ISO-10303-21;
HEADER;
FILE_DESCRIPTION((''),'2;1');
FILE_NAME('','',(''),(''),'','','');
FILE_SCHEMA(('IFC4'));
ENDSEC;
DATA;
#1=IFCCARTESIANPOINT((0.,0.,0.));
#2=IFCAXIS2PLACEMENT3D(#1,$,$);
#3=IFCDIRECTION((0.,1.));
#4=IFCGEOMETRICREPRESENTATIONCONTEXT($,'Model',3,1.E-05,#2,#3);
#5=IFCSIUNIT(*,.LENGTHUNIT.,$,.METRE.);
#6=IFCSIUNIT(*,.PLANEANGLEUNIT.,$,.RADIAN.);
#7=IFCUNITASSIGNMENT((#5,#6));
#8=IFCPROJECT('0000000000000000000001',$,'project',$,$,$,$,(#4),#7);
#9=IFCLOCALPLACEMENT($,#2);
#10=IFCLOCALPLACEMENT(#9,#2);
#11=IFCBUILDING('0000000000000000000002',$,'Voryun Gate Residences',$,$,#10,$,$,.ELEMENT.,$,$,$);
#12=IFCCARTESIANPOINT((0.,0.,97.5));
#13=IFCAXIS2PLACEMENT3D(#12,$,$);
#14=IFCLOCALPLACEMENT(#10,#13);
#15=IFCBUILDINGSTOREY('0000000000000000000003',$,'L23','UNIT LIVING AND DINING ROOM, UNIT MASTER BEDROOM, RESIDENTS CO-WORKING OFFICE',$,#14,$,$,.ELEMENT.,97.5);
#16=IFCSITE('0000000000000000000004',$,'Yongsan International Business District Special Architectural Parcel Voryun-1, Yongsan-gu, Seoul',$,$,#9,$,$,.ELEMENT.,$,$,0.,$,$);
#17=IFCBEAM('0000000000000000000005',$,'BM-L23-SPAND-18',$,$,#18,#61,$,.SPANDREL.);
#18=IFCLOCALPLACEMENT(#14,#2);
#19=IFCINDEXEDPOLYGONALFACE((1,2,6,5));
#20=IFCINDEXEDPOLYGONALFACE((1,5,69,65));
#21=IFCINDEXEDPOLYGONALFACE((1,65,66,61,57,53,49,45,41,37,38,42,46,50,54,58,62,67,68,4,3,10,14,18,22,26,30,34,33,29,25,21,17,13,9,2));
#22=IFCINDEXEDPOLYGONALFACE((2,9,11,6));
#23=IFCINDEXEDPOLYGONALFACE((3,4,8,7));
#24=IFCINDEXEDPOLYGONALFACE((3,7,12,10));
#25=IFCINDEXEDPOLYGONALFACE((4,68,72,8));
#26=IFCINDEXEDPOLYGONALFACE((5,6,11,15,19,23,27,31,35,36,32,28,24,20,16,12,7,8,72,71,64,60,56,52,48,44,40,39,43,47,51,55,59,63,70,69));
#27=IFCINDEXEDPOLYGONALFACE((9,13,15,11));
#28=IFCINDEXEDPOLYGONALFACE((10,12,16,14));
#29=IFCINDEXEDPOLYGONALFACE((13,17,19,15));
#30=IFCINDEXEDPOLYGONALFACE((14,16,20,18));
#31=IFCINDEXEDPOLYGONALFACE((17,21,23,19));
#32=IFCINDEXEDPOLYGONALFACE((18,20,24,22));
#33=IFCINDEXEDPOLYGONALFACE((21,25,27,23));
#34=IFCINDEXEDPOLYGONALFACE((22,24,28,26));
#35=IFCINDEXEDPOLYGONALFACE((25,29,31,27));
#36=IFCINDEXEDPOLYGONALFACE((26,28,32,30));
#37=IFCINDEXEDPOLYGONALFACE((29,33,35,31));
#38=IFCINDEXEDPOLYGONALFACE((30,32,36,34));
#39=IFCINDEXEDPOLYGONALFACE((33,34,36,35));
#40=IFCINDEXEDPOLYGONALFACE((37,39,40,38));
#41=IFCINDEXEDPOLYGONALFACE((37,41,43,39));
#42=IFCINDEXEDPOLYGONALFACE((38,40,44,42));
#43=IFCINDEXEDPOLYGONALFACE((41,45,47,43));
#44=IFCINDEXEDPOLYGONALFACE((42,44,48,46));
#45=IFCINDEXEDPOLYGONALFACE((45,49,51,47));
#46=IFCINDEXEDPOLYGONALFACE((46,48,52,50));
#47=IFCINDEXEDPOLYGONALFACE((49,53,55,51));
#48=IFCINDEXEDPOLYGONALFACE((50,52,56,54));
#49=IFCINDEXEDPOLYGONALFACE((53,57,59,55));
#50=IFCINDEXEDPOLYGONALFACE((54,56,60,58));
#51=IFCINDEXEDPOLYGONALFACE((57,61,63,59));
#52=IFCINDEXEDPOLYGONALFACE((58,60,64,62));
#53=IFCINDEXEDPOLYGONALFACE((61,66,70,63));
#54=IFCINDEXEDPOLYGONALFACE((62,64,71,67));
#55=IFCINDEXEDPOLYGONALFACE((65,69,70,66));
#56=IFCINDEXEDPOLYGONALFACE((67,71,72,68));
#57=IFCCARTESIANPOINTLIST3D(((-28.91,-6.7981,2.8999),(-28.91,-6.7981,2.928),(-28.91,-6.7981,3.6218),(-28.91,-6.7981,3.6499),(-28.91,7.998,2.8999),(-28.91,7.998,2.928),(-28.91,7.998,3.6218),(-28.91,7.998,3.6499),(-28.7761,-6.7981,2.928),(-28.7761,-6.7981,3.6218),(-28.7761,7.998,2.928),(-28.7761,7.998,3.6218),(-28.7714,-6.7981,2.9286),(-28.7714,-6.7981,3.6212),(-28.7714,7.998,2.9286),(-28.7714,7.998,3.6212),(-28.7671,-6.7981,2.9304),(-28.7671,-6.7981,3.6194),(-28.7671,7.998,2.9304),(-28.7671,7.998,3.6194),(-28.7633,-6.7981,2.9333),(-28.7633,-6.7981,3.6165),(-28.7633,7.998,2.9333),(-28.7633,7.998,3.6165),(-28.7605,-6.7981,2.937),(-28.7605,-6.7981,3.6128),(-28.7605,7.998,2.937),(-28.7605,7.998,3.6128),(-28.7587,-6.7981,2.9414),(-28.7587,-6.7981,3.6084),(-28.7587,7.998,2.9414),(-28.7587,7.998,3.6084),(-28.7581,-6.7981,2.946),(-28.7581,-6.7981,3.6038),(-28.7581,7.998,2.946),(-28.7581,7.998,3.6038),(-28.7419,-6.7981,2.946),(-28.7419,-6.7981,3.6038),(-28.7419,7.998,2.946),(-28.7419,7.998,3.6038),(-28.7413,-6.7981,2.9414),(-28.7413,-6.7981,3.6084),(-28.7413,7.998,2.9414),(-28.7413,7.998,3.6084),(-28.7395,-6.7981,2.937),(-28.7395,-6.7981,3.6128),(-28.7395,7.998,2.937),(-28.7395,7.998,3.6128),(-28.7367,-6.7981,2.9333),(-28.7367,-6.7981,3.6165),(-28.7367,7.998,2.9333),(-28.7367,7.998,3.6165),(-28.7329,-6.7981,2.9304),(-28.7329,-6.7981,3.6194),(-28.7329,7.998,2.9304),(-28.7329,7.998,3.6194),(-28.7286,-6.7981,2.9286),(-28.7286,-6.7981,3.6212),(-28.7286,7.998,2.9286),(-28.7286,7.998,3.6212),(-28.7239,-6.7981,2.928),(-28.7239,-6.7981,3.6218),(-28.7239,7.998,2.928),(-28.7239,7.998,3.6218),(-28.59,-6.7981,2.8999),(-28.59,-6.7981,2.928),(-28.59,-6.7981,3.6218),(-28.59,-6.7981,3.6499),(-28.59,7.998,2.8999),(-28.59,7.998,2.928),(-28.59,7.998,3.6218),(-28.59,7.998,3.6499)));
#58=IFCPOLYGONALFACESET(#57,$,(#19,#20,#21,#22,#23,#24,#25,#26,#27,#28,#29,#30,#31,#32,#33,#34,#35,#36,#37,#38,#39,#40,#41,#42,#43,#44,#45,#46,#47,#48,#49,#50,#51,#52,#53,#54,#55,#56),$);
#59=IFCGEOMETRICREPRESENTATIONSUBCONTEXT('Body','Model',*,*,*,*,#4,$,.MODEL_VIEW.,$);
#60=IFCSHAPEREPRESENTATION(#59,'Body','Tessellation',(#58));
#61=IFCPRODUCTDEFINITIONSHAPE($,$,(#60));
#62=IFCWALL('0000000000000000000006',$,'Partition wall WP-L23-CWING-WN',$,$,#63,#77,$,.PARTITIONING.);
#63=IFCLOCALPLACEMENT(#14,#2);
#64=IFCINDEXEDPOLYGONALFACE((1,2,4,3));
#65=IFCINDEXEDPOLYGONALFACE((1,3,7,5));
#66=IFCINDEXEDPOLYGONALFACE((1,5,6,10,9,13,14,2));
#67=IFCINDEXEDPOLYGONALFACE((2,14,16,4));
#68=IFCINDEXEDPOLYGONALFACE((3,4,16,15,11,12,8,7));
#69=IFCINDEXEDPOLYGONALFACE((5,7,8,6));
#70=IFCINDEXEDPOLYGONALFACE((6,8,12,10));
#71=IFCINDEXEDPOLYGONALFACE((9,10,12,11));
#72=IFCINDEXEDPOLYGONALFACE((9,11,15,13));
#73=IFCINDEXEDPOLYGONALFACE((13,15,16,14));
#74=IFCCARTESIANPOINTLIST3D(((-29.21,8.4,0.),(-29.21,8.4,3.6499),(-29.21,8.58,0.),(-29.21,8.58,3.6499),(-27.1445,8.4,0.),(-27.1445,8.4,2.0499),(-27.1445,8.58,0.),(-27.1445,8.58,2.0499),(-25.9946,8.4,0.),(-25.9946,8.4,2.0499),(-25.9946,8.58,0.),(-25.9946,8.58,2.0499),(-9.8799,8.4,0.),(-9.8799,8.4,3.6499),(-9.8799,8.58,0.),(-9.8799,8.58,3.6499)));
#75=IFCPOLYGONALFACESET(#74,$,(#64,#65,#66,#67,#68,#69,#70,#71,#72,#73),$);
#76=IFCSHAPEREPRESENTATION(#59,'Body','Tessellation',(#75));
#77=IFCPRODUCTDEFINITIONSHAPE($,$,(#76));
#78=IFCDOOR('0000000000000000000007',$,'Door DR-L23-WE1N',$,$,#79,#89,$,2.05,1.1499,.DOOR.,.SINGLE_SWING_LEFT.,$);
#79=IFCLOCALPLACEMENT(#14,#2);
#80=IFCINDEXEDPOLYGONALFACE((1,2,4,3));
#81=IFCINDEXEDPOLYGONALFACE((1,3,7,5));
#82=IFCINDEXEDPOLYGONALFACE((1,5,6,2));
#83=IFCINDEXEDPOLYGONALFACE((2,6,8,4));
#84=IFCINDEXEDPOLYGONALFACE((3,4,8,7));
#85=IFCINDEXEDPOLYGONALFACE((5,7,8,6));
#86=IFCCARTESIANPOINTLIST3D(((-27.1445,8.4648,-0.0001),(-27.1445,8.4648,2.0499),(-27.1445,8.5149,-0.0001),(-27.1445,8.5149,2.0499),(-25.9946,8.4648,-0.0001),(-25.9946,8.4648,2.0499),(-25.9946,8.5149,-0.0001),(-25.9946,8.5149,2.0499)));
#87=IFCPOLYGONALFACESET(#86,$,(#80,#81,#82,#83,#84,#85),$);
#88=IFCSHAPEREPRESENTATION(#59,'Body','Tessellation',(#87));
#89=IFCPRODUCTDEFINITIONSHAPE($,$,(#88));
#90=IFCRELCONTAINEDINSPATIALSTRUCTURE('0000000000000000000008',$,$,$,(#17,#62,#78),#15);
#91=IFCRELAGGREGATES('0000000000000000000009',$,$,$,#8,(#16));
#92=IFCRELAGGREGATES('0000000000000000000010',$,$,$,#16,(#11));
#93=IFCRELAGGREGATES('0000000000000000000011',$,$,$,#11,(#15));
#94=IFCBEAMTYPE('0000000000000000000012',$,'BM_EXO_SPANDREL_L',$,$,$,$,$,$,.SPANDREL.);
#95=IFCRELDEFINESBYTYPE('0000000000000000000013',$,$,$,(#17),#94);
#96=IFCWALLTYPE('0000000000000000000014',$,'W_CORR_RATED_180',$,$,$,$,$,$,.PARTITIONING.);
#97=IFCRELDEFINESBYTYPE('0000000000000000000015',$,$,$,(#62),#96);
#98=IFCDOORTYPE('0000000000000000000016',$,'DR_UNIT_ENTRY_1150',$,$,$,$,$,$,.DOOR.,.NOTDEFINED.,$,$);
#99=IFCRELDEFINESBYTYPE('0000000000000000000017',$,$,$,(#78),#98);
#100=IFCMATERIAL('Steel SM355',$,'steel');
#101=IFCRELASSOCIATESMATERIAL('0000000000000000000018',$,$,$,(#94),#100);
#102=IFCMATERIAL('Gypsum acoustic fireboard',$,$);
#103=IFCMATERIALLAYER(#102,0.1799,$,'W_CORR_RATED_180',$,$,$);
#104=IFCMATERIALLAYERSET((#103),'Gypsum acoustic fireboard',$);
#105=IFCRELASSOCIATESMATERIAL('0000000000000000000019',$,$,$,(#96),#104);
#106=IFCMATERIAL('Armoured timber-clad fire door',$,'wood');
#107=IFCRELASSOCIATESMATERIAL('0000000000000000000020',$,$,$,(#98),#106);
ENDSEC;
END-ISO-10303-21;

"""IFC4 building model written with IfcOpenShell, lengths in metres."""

from ifc_helpers import new_model, si_unit, direction, frame, frame_2d, origin, origin_2d, place, context, subcontext, project, spatial, rectangle, i_section, extrude, material, layer, layer_set, material_profile, profile_set, type_object, element, fill, save


model = new_model("IFC4")

# Units and contexts
model_context = context("Model", 3, precision=1e-05, world=origin(), true_north=direction((0.0, 1.0)))
body_context = subcontext(model_context, "Body", "Model", "MODEL_VIEW")
ifc_project = project(units=[si_unit("LENGTHUNIT", "METRE"), si_unit("PLANEANGLEUNIT", "RADIAN")], contexts=[model_context])

# Site, building, storey
site_placement = place(None, origin())
site = spatial("IfcSite", under=ifc_project, at=site_placement, Name="Yongsan International Business District Special Architectural Parcel Voryun-1, Yongsan-gu, Seoul", CompositionType="ELEMENT", RefElevation=0.0)
building_placement = place(site_placement, origin())
building = spatial("IfcBuilding", under=site, at=building_placement, Name="Voryun Gate Residences", CompositionType="ELEMENT")
storey_placement = place(building_placement, frame((0.0, 0.0, 97.5)))
storey = spatial("IfcBuildingStorey", under=building, at=storey_placement, Name="L23", Description="UNIT LIVING AND DINING ROOM, UNIT MASTER BEDROOM, RESIDENTS CO-WORKING OFFICE", CompositionType="ELEMENT", Elevation=97.5)

# Beam
ifc_material_1 = material(Name="Steel SM355", Category="steel")
ifc_material_profile = material_profile(ifc_material_1, i_section(OverallWidth=0.3201, OverallDepth=0.75, WebThickness=0.0161, FlangeThickness=0.0281, FilletRadius=0.0181, at=origin_2d()), Name="H-750x320x16x28")
ifc_profile_set = profile_set([ifc_material_profile], Name="Steel SM355")
beam_type = type_object("IfcBeamType", Name="BM_EXO_SPANDREL_L", PredefinedType="SPANDREL", material=ifc_profile_set)
beam_placement = place(storey_placement, frame((-28.75, 7.998, 3.2749), z_axis=(0.0, -1.0, 0.0), x_axis=(1.0, 0.0, 0.0)))
element("IfcBeam", 1, at=beam_placement, inside=storey, type_object=beam_type, Name="BM-L23-SPAND-18", PredefinedType="SPANDREL", context=body_context, shape_type="SweptSolid", body=[
    extrude(i_section(OverallWidth=0.3201, OverallDepth=0.75, WebThickness=0.0161, FlangeThickness=0.0281, FilletRadius=0.0181, at=origin_2d()), origin(), (0.0, 0.0, 1.0), 14.7961),
])

# Wall, opening, door
ifc_material_2 = material(Name="Gypsum acoustic fireboard")
ifc_layer_1 = layer(ifc_material_2, 0.1799, Name="W_CORR_RATED_180")
ifc_layer_set_1 = layer_set([ifc_layer_1], Name="Gypsum acoustic fireboard")
wall_type_1 = type_object("IfcWallType", Name="W_CORR_RATED_180", PredefinedType="PARTITIONING", material=ifc_layer_set_1)
wall_1_placement = place(storey_placement, frame((-29.21, 8.49, 0.0), z_axis=(0.0, 0.0, 1.0), x_axis=(1.0, 0.0, 0.0)))
wall_1 = element("IfcWall", 2, at=wall_1_placement, inside=storey, type_object=wall_type_1, Name="Partition wall WP-L23-CWING-WN", PredefinedType="PARTITIONING", context=body_context, shape_type="SweptSolid", body=[
    extrude(rectangle(XDim=19.3301, YDim=0.1799, at=frame_2d((9.665, 0.0))), origin(), (0.0, 0.0, 1.0), 3.6499),
])
opening_1_placement = place(wall_1_placement, frame((2.0654, 0.0, 0.0)))
opening_1 = element("IfcOpeningElement", 3, at=opening_1_placement, cuts=wall_1, PredefinedType="OPENING", context=body_context, shape_type="SweptSolid", body=[
    extrude(rectangle(XDim=1.1499, YDim=2.05, at=frame_2d((0.575, 1.0249))), frame((0.0, 0.0999, 0.0), z_axis=(0.0, -1.0, 0.0), x_axis=(1.0, 0.0, 0.0)), (0.0, 0.0, 1.0), 0.2),
])
ifc_material_3 = material(Name="Armoured timber-clad fire door", Category="wood")
door_type_1 = type_object("IfcDoorType", Name="DR_UNIT_ENTRY_1150", OperationType="NOTDEFINED", PredefinedType="DOOR", material=ifc_material_3)
door_1_placement = place(opening_1_placement, origin())
door_1 = element("IfcDoor", 4, at=door_1_placement, inside=storey, type_object=door_type_1, Name="Door DR-L23-WE1N", OperationType="SINGLE_SWING_LEFT", OverallHeight=2.05, OverallWidth=1.1499, PredefinedType="DOOR", context=body_context, shape_type="SweptSolid", body=[
    extrude(rectangle(XDim=1.1499, YDim=2.05, at=frame_2d((0.575, 1.0249))), frame((0.0, 0.0249, 0.0), z_axis=(0.0, -1.0, 0.0), x_axis=(1.0, 0.0, 0.0)), (0.0, 0.0, 1.0), 0.05),
])
fill(opening_1, door_1)

save(model, "model.ifc")
